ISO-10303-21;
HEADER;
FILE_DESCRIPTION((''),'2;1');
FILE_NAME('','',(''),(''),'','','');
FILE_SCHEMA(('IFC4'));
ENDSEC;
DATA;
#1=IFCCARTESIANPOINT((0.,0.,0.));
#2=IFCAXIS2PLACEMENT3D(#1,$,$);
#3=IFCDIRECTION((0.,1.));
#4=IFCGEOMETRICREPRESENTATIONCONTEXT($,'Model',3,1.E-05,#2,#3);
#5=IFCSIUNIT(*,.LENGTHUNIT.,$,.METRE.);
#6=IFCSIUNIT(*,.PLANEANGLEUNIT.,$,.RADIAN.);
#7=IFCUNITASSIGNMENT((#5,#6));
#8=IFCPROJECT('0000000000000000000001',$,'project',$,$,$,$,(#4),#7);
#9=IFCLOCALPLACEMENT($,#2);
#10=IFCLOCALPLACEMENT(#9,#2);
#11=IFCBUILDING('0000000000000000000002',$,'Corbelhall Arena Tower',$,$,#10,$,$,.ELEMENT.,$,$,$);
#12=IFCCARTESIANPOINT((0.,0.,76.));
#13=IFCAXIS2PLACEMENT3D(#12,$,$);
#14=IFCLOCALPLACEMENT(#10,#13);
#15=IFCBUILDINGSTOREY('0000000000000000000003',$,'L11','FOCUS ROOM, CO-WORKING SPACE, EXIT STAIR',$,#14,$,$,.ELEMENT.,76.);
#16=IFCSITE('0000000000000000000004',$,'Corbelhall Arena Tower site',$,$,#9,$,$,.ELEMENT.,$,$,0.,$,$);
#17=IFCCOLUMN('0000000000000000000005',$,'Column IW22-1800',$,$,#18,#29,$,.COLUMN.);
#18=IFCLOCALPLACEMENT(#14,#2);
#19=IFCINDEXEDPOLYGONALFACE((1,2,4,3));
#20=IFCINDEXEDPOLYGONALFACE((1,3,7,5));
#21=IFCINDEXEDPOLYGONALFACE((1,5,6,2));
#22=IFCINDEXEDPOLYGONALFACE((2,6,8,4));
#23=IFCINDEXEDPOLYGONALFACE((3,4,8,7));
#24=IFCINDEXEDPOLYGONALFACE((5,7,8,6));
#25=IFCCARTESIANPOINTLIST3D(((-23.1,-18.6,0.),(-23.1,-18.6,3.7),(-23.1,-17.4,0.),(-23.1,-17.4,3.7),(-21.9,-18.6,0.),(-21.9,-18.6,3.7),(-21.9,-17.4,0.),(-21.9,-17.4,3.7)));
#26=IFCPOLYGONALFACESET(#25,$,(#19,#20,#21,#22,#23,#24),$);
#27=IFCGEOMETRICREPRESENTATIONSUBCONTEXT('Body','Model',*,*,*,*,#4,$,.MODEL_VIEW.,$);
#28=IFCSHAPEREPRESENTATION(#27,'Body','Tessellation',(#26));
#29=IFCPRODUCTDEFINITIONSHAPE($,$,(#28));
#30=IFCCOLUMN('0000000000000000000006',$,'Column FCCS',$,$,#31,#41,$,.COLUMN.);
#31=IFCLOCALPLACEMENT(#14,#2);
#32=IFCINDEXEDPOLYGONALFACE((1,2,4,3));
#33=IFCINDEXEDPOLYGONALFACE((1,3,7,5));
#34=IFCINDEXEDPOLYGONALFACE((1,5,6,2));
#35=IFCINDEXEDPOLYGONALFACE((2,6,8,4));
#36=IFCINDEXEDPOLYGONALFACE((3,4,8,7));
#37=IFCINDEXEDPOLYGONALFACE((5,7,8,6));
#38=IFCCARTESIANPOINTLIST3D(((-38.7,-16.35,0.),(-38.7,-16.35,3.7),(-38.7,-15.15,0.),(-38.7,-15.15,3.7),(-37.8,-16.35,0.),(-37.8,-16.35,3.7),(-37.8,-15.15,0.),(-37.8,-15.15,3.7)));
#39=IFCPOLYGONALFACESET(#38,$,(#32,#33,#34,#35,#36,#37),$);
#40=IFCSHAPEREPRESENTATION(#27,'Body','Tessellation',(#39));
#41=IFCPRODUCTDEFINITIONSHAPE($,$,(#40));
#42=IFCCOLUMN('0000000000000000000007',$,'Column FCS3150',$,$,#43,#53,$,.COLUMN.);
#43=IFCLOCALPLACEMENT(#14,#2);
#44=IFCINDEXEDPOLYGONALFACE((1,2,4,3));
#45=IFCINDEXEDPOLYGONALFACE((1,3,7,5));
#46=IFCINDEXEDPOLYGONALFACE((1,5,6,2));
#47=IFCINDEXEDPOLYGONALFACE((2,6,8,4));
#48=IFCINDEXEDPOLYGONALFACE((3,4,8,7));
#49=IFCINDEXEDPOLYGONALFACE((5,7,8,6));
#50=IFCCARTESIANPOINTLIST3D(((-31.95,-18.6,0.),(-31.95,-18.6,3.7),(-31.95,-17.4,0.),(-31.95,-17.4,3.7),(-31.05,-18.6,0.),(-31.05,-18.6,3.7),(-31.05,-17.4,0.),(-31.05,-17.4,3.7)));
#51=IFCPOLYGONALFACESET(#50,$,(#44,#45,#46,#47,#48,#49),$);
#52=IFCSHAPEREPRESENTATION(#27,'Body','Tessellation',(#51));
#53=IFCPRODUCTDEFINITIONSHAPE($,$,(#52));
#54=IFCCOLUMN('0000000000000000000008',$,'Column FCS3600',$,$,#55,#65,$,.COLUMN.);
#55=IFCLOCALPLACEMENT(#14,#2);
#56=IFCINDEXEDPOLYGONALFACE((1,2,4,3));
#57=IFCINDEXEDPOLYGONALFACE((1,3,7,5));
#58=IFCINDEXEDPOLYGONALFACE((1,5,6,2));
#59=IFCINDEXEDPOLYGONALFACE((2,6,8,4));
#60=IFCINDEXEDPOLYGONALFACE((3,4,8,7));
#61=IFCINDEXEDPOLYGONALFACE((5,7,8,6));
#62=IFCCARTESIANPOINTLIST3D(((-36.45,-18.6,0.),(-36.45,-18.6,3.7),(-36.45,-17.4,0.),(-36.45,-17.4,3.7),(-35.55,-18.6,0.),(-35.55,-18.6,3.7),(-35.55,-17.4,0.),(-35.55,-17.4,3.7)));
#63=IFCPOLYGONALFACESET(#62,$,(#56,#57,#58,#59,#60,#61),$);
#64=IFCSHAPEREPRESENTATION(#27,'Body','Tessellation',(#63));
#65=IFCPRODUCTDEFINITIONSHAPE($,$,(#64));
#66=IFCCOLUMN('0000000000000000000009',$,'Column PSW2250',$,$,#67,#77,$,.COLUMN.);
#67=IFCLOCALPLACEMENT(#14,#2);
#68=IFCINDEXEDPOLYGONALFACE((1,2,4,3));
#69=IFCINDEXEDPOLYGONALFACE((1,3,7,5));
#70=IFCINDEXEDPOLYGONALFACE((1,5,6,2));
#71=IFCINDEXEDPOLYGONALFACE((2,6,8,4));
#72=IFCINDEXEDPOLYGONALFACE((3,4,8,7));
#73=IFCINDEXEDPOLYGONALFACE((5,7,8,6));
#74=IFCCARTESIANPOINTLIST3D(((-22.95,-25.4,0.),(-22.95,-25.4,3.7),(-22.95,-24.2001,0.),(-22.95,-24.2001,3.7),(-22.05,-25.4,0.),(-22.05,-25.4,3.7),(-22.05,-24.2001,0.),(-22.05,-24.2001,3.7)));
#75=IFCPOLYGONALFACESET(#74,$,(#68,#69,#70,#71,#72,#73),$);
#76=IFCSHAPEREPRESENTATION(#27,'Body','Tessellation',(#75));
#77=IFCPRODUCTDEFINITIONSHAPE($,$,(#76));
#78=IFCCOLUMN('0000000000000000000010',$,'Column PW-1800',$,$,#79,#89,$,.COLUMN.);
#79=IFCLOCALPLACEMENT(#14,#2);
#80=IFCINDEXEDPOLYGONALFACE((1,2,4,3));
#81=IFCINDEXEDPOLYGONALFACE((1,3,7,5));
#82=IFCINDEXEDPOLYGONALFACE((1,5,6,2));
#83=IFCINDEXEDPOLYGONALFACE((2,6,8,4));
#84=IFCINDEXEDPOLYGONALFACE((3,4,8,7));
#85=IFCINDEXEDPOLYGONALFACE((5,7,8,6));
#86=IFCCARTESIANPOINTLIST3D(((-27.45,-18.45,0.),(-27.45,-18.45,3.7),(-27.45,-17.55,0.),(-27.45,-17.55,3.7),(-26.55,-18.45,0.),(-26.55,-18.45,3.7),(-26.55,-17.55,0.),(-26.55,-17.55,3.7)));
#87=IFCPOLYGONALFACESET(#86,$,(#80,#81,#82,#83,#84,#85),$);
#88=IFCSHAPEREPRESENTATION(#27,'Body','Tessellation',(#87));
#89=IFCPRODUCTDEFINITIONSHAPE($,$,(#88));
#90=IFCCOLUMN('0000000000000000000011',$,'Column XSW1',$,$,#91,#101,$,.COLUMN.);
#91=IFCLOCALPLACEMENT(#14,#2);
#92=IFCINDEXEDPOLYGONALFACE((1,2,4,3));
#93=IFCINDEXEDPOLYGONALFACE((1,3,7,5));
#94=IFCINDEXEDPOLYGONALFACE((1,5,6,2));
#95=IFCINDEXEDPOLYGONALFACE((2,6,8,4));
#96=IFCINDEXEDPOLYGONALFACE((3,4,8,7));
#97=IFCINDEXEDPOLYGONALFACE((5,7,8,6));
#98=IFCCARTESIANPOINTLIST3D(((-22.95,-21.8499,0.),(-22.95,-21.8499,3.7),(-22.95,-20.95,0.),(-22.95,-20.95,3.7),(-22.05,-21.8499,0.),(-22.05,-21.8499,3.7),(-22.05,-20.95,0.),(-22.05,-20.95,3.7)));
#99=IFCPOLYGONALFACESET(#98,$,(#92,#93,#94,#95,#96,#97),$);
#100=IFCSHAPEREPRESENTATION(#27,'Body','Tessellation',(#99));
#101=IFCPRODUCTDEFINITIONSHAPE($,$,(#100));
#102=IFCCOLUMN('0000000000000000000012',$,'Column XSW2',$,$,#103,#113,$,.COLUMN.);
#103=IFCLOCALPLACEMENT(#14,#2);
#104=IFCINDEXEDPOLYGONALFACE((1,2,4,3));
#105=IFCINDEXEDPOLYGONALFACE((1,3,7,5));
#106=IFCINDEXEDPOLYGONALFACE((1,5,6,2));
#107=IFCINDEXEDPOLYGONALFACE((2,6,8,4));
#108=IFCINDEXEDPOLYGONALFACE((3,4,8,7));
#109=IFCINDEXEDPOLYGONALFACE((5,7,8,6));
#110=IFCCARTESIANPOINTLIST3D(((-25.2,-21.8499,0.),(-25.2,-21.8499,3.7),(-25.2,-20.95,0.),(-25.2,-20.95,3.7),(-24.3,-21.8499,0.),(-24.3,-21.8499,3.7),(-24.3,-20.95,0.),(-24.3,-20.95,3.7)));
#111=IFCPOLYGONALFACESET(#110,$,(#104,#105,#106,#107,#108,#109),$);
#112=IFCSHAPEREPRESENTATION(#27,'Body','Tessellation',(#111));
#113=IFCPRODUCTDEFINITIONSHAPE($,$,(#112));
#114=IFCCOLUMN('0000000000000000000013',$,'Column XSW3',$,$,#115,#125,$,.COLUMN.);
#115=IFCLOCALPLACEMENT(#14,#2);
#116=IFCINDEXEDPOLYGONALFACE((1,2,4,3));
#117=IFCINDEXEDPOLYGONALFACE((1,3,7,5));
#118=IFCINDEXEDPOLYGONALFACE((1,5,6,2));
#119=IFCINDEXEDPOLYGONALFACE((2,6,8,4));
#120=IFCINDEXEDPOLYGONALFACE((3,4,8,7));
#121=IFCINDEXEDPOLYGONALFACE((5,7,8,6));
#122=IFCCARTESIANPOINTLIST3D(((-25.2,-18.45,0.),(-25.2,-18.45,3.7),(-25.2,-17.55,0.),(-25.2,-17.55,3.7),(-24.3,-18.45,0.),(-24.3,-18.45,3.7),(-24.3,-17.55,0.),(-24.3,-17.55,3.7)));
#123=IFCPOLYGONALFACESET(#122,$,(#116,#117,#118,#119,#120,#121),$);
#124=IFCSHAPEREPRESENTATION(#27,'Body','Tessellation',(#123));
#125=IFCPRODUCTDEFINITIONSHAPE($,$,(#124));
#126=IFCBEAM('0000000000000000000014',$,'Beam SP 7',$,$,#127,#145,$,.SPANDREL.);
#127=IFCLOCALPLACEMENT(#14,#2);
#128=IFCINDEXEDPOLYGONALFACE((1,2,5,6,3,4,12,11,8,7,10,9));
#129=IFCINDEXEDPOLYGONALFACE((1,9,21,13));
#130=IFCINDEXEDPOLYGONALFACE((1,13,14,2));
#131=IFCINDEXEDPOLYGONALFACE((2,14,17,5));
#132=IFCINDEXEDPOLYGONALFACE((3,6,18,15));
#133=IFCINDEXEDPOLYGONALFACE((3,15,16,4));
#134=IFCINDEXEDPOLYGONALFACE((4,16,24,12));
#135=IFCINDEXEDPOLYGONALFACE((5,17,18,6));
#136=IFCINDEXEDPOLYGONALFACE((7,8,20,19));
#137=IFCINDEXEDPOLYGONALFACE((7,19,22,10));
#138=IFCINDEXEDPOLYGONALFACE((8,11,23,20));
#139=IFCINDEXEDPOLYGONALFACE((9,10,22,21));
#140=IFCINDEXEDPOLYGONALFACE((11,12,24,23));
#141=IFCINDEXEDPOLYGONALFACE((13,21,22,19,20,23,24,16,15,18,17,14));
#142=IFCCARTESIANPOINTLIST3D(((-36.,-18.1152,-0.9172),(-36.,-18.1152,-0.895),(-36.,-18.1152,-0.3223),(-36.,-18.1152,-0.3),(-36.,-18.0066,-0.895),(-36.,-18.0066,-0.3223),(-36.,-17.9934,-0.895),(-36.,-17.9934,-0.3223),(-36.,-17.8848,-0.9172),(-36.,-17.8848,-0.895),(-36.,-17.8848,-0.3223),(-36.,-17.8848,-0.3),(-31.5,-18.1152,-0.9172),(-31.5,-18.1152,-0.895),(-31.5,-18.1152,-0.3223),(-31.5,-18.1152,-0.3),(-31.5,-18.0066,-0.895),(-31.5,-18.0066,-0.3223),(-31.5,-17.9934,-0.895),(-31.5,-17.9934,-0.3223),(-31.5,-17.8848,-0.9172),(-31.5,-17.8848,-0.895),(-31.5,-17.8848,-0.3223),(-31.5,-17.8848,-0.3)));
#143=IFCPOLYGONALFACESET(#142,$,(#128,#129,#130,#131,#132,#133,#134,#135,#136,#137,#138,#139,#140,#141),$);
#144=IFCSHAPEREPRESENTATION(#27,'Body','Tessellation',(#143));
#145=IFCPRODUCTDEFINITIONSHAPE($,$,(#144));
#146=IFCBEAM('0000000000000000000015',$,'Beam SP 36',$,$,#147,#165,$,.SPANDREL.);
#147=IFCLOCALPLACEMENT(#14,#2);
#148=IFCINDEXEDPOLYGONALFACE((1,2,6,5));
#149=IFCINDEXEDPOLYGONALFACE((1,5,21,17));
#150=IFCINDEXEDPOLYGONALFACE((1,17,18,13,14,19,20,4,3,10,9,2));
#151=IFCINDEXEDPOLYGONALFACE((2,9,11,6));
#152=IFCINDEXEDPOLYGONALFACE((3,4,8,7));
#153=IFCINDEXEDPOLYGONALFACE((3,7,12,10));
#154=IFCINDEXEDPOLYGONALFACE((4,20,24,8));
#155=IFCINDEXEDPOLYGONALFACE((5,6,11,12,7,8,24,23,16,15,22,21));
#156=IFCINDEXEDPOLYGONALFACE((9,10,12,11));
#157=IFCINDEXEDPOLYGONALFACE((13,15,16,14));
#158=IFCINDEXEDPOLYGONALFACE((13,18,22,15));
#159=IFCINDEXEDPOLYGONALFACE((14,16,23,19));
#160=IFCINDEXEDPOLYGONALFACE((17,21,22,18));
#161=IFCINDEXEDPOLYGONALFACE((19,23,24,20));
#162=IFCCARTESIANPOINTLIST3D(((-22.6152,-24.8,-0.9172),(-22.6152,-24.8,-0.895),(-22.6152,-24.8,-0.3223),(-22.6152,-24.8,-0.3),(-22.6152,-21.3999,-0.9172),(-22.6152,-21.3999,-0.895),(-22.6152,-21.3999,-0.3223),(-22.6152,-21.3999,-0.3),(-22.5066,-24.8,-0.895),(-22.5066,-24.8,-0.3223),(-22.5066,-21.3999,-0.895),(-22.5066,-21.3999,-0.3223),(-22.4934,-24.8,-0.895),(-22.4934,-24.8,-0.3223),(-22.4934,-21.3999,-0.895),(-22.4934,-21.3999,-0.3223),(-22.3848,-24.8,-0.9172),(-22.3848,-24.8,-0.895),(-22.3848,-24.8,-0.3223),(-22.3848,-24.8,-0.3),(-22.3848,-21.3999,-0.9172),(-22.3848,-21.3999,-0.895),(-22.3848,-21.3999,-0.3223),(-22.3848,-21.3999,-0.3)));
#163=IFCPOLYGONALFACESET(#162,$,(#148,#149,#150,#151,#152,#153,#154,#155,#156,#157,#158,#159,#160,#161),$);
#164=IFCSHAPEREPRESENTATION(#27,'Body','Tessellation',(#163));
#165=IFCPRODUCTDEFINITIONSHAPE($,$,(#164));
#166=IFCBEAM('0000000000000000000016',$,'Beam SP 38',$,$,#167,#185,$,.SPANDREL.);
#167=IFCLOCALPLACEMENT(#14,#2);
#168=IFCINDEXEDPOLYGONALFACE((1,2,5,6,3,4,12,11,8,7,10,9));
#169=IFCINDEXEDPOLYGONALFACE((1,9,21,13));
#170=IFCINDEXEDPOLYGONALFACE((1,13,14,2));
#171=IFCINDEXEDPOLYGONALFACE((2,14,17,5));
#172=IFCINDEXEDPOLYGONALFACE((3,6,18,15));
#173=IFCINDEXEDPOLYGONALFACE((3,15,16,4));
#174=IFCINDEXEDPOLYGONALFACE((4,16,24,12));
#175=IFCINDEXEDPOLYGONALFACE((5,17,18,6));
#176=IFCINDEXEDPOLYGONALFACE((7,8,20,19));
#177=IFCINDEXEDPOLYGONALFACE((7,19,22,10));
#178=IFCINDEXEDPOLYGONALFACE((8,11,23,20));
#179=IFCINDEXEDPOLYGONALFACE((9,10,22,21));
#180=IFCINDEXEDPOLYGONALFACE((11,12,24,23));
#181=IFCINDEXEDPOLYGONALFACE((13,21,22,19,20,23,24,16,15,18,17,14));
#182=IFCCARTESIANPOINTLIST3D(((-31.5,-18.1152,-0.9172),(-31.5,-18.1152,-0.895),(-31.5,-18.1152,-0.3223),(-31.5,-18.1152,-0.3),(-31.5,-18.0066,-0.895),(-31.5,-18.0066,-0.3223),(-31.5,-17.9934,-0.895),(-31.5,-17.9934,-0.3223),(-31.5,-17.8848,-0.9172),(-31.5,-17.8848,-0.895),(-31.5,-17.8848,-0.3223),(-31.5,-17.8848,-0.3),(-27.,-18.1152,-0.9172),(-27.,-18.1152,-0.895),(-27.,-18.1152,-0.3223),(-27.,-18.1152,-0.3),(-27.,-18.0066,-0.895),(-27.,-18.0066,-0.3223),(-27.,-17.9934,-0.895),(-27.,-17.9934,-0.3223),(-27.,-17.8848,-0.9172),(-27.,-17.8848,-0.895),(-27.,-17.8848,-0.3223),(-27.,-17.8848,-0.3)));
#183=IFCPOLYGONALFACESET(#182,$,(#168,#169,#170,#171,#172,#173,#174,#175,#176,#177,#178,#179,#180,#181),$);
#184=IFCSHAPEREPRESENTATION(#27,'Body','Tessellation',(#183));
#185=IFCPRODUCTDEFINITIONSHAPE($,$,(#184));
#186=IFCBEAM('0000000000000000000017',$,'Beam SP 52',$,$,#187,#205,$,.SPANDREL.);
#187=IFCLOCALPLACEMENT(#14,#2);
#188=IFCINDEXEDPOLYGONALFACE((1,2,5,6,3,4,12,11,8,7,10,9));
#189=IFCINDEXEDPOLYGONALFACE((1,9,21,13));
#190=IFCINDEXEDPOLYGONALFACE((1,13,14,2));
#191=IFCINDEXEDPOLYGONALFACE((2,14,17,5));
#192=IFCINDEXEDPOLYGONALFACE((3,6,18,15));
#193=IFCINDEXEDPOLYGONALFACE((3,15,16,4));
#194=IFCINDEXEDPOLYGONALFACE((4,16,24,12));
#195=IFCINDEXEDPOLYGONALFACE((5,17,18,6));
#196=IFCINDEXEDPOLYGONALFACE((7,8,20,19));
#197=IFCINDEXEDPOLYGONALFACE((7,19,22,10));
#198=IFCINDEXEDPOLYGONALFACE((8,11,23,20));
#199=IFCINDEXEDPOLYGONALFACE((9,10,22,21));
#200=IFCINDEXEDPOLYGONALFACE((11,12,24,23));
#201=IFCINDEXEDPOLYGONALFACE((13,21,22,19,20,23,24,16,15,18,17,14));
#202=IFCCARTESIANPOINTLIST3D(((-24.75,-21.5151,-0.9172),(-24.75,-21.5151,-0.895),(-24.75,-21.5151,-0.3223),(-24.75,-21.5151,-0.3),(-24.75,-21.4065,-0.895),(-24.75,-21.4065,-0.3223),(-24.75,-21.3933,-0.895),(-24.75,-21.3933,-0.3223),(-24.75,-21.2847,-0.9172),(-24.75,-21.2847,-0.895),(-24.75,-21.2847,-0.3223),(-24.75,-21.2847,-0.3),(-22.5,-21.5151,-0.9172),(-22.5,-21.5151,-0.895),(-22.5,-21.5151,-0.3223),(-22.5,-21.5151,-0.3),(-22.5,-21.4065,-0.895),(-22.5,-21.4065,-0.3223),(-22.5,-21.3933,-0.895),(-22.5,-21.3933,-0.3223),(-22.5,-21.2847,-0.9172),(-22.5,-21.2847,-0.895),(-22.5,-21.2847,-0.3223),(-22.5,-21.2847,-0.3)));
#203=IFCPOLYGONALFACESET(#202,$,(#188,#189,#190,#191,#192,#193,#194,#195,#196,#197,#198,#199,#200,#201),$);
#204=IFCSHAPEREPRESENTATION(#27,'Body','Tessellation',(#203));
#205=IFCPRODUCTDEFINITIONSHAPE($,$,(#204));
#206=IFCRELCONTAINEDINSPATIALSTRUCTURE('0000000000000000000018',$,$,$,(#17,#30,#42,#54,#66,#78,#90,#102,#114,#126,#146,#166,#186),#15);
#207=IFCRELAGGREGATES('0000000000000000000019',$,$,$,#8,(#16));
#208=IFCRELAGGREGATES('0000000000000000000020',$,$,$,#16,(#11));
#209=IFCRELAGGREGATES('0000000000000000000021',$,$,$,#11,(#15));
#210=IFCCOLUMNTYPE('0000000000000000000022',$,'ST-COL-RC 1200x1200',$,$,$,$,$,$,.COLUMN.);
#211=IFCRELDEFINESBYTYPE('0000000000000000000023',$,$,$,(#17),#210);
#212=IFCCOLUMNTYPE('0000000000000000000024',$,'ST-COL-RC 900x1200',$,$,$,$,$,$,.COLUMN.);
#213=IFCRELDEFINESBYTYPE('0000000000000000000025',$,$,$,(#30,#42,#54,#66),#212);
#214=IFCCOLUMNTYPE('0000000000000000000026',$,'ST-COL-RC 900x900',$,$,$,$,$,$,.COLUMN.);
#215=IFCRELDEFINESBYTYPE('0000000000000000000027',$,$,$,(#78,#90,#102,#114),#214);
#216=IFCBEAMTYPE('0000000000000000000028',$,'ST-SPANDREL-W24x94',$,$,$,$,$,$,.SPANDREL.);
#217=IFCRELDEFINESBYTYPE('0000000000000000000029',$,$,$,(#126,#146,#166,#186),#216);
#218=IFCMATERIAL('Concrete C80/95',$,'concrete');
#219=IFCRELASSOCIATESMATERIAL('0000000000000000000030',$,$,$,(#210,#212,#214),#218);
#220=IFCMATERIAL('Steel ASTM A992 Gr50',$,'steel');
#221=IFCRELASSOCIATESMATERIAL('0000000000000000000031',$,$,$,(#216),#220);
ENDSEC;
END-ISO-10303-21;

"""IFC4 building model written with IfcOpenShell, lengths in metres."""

from ifc_helpers import new_model, si_unit, direction, frame, origin, origin_2d, place, context, subcontext, project, spatial, rectangle, i_section, extrude, material, material_profile, profile_set, type_object, element, save


model = new_model("IFC4")

# Units and contexts
model_context = context("Model", 3, precision=1e-05, world=origin(), true_north=direction((0.0, 1.0)))
body_context = subcontext(model_context, "Body", "Model", "MODEL_VIEW")
ifc_project = project(units=[si_unit("LENGTHUNIT", "METRE"), si_unit("PLANEANGLEUNIT", "RADIAN")], contexts=[model_context])

# Site, building, storey
site_placement = place(None, origin())
site = spatial("IfcSite", under=ifc_project, at=site_placement, Name="Corbelhall Arena Tower site", CompositionType="ELEMENT", RefElevation=0.0)
building_placement = place(site_placement, origin())
building = spatial("IfcBuilding", under=site, at=building_placement, Name="Corbelhall Arena Tower", CompositionType="ELEMENT")
storey_placement = place(building_placement, frame((0.0, 0.0, 76.0)))
storey = spatial("IfcBuildingStorey", under=building, at=storey_placement, Name="L11", Description="FOCUS ROOM, CO-WORKING SPACE, EXIT STAIR", CompositionType="ELEMENT", Elevation=76.0)

# Columns
ifc_material_1 = material(Name="Concrete C80/95", Category="concrete")
ifc_material_profile_1 = material_profile(ifc_material_1, rectangle(XDim=1.2, YDim=1.2, at=origin_2d()))
ifc_profile_set_1 = profile_set([ifc_material_profile_1], Name="Concrete C80/95")
column_type_1 = type_object("IfcColumnType", Name="ST-COL-RC 1200x1200", PredefinedType="COLUMN", material=ifc_profile_set_1)
column_placement = place(storey_placement, frame((-22.5, -18.0, 0.0), z_axis=(0.0, 0.0, 1.0), x_axis=(1.0, 0.0, 0.0)))
element("IfcColumn", 1, at=column_placement, inside=storey, type_object=column_type_1, Name="Column IW22-1800", PredefinedType="COLUMN", context=body_context, shape_type="SweptSolid", body=[
    extrude(rectangle(XDim=1.2, YDim=1.2, at=origin_2d()), origin(), (0.0, 0.0, 1.0), 3.7),
])
ifc_material_profile_2 = material_profile(ifc_material_1, rectangle(XDim=0.8999, YDim=1.2, at=origin_2d()))
ifc_profile_set_2 = profile_set([ifc_material_profile_2], Name="Concrete C80/95")
column_type_2 = type_object("IfcColumnType", Name="ST-COL-RC 900x1200", PredefinedType="COLUMN", material=ifc_profile_set_2)
for number, where, z_axis, x_axis, name in (
    (2, (-38.25, -15.75, 0.0), (0.0, 0.0, 1.0), (1.0, 0.0, 0.0), "Column FCCS"),
    (3, (-31.5, -18.0, 0.0), (0.0, 0.0, 1.0), (1.0, 0.0, 0.0), "Column FCS3150"),
    (4, (-36.0, -18.0, 0.0), (0.0, 0.0, 1.0), (1.0, 0.0, 0.0), "Column FCS3600"),
    (5, (-22.5, -24.8, 0.0), (0.0, 0.0, 1.0), (1.0, 0.0, 0.0), "Column PSW2250"),
):
    element("IfcColumn", number, at=place(storey_placement, frame(where, z_axis=z_axis, x_axis=x_axis)), inside=storey, type_object=column_type_2, Name=name, PredefinedType="COLUMN", context=body_context, shape_type="SweptSolid", body=[
        extrude(rectangle(XDim=0.8999, YDim=1.2, at=origin_2d()), origin(), (0.0, 0.0, 1.0), 3.7),
    ])
ifc_material_profile_3 = material_profile(ifc_material_1, rectangle(XDim=0.8999, YDim=0.8999, at=origin_2d()))
ifc_profile_set_3 = profile_set([ifc_material_profile_3], Name="Concrete C80/95")
column_type_3 = type_object("IfcColumnType", Name="ST-COL-RC 900x900", PredefinedType="COLUMN", material=ifc_profile_set_3)
for number, where, z_axis, x_axis, name in (
    (6, (-27.0, -18.0, 0.0), (0.0, 0.0, 1.0), (1.0, 0.0, 0.0), "Column PW-1800"),
    (7, (-22.5, -21.3999, 0.0), (0.0, 0.0, 1.0), (1.0, 0.0, 0.0), "Column XSW1"),
    (8, (-24.75, -21.3999, 0.0), (0.0, 0.0, 1.0), (1.0, 0.0, 0.0), "Column XSW2"),
    (9, (-24.75, -18.0, 0.0), (0.0, 0.0, 1.0), (1.0, 0.0, 0.0), "Column XSW3"),
):
    element("IfcColumn", number, at=place(storey_placement, frame(where, z_axis=z_axis, x_axis=x_axis)), inside=storey, type_object=column_type_3, Name=name, PredefinedType="COLUMN", context=body_context, shape_type="SweptSolid", body=[
        extrude(rectangle(XDim=0.8999, YDim=0.8999, at=origin_2d()), origin(), (0.0, 0.0, 1.0), 3.7),
    ])

# Beams
ifc_material_2 = material(Name="Steel ASTM A992 Gr50", Category="steel")
ifc_material_profile_4 = material_profile(ifc_material_2, i_section(OverallWidth=0.2305, OverallDepth=0.6172, WebThickness=0.0132, FlangeThickness=0.0222, at=origin_2d()))
ifc_profile_set_4 = profile_set([ifc_material_profile_4], Name="Steel ASTM A992 Gr50")
beam_type = type_object("IfcBeamType", Name="ST-SPANDREL-W24x94", PredefinedType="SPANDREL", material=ifc_profile_set_4)
beam_1_placement = place(storey_placement, frame((-31.5, -18.0, -0.6086), z_axis=(-1.0, 0.0, 0.0), x_axis=(0.0, -1.0, 0.0)))
element("IfcBeam", 10, at=beam_1_placement, inside=storey, type_object=beam_type, Name="Beam SP 7", PredefinedType="SPANDREL", context=body_context, shape_type="SweptSolid", body=[
    extrude(i_section(OverallWidth=0.2305, OverallDepth=0.6172, WebThickness=0.0132, FlangeThickness=0.0222, at=origin_2d()), origin(), (0.0, 0.0, 1.0), 4.5),
])
beam_2_placement = place(storey_placement, frame((-22.5, -24.8, -0.6086), z_axis=(0.0, 1.0, 0.0), x_axis=(-1.0, 0.0, 0.0)))
element("IfcBeam", 11, at=beam_2_placement, inside=storey, type_object=beam_type, Name="Beam SP 36", PredefinedType="SPANDREL", context=body_context, shape_type="SweptSolid", body=[
    extrude(i_section(OverallWidth=0.2305, OverallDepth=0.6172, WebThickness=0.0132, FlangeThickness=0.0222, at=origin_2d()), origin(), (0.0, 0.0, 1.0), 3.4001),
])
beam_3_placement = place(storey_placement, frame((-27.0, -18.0, -0.6086), z_axis=(-1.0, 0.0, 0.0), x_axis=(0.0, -1.0, 0.0)))
element("IfcBeam", 12, at=beam_3_placement, inside=storey, type_object=beam_type, Name="Beam SP 38", PredefinedType="SPANDREL", context=body_context, shape_type="SweptSolid", body=[
    extrude(i_section(OverallWidth=0.2305, OverallDepth=0.6172, WebThickness=0.0132, FlangeThickness=0.0222, at=origin_2d()), origin(), (0.0, 0.0, 1.0), 4.5),
])
beam_4_placement = place(storey_placement, frame((-22.5, -21.3999, -0.6086), z_axis=(-1.0, 0.0, 0.0), x_axis=(0.0, -1.0, 0.0)))
element("IfcBeam", 13, at=beam_4_placement, inside=storey, type_object=beam_type, Name="Beam SP 52", PredefinedType="SPANDREL", context=body_context, shape_type="SweptSolid", body=[
    extrude(i_section(OverallWidth=0.2305, OverallDepth=0.6172, WebThickness=0.0132, FlangeThickness=0.0222, at=origin_2d()), origin(), (0.0, 0.0, 1.0), 2.25),
])

save(model, "model.ifc")
